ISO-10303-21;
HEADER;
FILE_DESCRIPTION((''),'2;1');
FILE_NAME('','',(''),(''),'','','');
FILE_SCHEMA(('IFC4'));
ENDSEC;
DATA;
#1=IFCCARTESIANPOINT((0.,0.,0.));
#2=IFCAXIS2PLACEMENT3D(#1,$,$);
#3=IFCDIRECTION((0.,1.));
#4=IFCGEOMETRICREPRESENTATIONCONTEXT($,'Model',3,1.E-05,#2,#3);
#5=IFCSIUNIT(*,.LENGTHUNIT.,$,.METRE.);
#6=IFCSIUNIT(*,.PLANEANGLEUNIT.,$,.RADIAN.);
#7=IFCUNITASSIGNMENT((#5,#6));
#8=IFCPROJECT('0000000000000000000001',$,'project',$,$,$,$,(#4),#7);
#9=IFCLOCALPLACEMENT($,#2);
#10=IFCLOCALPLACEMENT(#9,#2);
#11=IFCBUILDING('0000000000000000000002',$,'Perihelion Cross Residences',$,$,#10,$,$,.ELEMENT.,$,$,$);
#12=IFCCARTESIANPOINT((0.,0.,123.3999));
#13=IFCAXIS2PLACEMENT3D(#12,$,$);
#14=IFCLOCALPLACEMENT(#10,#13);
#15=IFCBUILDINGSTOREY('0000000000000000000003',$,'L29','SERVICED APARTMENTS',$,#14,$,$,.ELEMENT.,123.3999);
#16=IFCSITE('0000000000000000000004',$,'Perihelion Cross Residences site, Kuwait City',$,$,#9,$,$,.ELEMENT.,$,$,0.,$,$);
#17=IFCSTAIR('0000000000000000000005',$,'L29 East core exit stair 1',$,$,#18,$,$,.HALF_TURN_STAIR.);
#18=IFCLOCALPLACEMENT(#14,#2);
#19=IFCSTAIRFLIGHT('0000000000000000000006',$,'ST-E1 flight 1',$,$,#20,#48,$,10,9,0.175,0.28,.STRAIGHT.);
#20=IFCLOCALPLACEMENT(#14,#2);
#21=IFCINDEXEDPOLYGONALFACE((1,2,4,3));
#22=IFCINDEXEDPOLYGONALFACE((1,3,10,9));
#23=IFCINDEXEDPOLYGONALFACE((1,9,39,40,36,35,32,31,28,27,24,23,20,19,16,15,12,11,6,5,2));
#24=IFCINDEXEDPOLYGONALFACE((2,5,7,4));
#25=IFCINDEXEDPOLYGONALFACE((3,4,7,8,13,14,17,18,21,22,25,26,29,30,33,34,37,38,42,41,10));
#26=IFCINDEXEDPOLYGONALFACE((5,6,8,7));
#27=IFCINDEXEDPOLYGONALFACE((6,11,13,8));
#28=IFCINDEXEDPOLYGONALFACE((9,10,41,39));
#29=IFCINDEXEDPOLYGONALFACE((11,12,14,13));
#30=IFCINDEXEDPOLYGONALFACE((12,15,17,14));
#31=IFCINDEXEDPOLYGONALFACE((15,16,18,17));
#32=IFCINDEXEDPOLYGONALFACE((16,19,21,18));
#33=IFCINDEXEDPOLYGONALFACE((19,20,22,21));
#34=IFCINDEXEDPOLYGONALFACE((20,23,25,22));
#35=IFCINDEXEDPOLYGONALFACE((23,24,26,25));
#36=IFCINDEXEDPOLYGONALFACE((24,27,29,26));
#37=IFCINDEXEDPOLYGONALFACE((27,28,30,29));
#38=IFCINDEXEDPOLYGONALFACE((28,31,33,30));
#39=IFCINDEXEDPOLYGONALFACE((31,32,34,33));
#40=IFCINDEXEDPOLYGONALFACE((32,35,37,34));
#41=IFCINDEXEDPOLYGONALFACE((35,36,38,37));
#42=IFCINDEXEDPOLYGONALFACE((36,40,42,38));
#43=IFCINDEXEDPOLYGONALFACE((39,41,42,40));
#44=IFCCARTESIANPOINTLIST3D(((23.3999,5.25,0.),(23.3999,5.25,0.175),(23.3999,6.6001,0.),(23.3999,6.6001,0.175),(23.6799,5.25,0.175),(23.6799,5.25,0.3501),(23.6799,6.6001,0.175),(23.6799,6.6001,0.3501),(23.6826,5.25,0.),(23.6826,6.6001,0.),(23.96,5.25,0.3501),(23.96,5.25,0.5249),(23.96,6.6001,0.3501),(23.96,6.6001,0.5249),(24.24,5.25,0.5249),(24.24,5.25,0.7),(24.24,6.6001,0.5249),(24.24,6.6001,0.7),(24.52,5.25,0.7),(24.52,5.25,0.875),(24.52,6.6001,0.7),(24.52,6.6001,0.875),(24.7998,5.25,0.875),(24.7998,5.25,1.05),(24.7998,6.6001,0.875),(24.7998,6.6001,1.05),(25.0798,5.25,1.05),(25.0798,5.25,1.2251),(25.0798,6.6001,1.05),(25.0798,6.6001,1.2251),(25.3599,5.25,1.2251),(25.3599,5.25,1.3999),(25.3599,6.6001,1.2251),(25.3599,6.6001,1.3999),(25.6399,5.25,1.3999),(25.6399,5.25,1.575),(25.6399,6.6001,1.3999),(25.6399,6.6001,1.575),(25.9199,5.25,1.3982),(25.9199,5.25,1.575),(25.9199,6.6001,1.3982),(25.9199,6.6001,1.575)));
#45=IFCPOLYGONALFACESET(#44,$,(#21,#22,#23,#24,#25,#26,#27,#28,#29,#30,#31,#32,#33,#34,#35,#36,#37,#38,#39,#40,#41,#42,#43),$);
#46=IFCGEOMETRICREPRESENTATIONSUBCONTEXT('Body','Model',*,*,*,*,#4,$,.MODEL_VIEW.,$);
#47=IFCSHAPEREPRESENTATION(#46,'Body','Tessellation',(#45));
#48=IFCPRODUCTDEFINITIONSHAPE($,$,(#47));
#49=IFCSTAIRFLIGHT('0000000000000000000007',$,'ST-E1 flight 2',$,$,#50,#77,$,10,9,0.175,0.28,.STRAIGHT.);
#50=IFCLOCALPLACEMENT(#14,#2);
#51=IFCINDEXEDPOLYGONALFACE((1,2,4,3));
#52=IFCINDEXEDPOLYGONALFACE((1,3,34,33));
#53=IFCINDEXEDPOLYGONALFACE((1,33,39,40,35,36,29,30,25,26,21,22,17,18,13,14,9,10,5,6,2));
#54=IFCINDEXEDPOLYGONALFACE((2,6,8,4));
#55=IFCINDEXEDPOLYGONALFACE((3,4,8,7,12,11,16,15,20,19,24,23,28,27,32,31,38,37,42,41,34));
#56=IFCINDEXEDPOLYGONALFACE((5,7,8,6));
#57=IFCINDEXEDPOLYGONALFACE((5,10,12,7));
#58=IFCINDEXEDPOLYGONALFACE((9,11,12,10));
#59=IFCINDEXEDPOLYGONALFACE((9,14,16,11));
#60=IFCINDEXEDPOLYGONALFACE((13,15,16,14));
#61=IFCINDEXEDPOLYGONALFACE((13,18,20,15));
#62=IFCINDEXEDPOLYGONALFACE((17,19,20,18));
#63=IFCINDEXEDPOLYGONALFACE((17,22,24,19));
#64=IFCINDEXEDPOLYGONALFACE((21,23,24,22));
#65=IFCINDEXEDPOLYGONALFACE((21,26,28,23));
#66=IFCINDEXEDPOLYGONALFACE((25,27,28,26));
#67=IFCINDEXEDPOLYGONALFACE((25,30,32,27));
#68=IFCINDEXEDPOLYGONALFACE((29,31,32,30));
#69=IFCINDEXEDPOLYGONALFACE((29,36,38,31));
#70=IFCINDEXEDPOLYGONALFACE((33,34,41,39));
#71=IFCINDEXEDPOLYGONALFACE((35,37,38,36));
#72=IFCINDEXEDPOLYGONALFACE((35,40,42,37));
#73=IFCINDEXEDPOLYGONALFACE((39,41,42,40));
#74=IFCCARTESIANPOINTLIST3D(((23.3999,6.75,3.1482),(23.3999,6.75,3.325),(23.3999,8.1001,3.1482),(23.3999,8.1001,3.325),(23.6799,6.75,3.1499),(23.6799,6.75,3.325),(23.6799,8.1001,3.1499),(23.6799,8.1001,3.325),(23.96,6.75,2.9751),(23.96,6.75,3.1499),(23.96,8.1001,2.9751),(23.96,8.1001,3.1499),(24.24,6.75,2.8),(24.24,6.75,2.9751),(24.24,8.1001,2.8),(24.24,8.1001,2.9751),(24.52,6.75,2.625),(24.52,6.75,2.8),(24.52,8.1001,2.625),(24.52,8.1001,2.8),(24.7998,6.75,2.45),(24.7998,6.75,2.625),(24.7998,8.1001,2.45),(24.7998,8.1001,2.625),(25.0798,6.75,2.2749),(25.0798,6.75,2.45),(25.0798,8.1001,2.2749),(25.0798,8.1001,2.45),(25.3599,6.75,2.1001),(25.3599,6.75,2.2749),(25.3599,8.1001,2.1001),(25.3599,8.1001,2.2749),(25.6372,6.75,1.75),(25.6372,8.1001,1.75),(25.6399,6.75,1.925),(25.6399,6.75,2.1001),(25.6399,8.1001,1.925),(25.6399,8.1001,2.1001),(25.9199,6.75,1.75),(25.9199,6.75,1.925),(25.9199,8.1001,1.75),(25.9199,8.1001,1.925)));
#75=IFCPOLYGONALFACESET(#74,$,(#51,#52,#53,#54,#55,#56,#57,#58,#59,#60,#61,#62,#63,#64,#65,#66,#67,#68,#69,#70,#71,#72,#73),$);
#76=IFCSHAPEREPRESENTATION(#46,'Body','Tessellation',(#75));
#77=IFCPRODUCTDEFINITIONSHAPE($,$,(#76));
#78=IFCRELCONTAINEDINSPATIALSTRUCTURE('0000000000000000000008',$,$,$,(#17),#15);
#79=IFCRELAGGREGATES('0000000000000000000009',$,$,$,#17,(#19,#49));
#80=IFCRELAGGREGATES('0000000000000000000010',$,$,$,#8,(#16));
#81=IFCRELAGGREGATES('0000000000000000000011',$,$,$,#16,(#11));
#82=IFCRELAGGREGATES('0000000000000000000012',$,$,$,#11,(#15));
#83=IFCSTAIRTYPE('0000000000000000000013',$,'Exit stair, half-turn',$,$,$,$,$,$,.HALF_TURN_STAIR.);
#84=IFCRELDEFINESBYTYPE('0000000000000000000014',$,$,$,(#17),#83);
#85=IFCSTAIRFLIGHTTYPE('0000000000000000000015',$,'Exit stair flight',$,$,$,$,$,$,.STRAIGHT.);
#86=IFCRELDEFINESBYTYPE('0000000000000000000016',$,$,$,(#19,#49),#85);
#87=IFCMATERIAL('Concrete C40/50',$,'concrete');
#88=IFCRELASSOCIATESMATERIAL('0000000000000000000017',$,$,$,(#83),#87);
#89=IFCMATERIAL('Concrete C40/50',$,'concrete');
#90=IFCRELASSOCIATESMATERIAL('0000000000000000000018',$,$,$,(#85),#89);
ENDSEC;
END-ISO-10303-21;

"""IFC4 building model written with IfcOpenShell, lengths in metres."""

from ifc_helpers import new_model, si_unit, direction, frame, origin, place, context, subcontext, project, spatial, polyline, outline, extrude, material, type_object, element, aggregate, save


model = new_model("IFC4")

# Units and contexts
model_context = context("Model", 3, precision=1e-05, world=origin(), true_north=direction((0.0, 1.0)))
body_context = subcontext(model_context, "Body", "Model", "MODEL_VIEW")
ifc_project = project(units=[si_unit("LENGTHUNIT", "METRE"), si_unit("PLANEANGLEUNIT", "RADIAN")], contexts=[model_context])

# Site, building, storey
site_placement = place(None, origin())
site = spatial("IfcSite", under=ifc_project, at=site_placement, Name="Perihelion Cross Residences site, Kuwait City", CompositionType="ELEMENT", RefElevation=0.0)
building_placement = place(site_placement, origin())
building = spatial("IfcBuilding", under=site, at=building_placement, Name="Perihelion Cross Residences", CompositionType="ELEMENT")
storey_placement = place(building_placement, frame((0.0, 0.0, 123.3999)))
storey = spatial("IfcBuildingStorey", under=building, at=storey_placement, Name="L29", Description="SERVICED APARTMENTS", CompositionType="ELEMENT", Elevation=123.3999)

# Stair, stair flights
ifc_material_1 = material(Name="Concrete C40/50", Category="concrete")
stair_type = type_object("IfcStairType", Name="Exit stair, half-turn", PredefinedType="HALF_TURN_STAIR", material=ifc_material_1)
stair_placement = place(storey_placement, origin())
stair = element("IfcStair", 1, at=stair_placement, inside=storey, type_object=stair_type, Name="L29 East core exit stair 1", PredefinedType="HALF_TURN_STAIR")
ifc_material_2 = material(Name="Concrete C40/50", Category="concrete")
stair_flight_type = type_object("IfcStairFlightType", Name="Exit stair flight", PredefinedType="STRAIGHT", material=ifc_material_2)
stair_flight_1_placement = place(storey_placement, frame((23.3999, 5.925, 0.0), z_axis=(0.0, 0.0, 1.0), x_axis=(1.0, 0.0, 0.0)))
stair_flight_1 = element("IfcStairFlight", 2, at=stair_flight_1_placement, type_object=stair_flight_type, Name="ST-E1 flight 1", NumberOfRisers=10, NumberOfTreads=9, PredefinedType="STRAIGHT", RiserHeight=0.175, TreadLength=0.28, context=body_context, shape_type="SweptSolid", body=[
    extrude(outline(polyline([(0.0, 0.0), (0.0, 0.175), (0.28, 0.175), (0.28, 0.3501), (0.5601, 0.3501), (0.5601, 0.5249), (0.8401, 0.5249), (0.8401, 0.7), (1.1201, 0.7), (1.1201, 0.875), (1.3999, 0.875), (1.3999, 1.05), (1.6799, 1.05), (1.6799, 1.2251), (1.96, 1.2251), (1.96, 1.3999), (2.24, 1.3999), (2.24, 1.575), (2.52, 1.575), (2.52, 1.75), (2.52, 1.3982), (0.2827, 0.0), (0.0, 0.0)])), frame((0.0, 0.675, 0.0), z_axis=(0.0, -1.0, 0.0), x_axis=(1.0, 0.0, 0.0)), (0.0, 0.0, 1.0), 1.3501),
])
stair_flight_2_placement = place(storey_placement, frame((25.9199, 7.425, 1.75), z_axis=(0.0, 0.0, 1.0), x_axis=(-1.0, 0.0, 0.0)))
stair_flight_2 = element("IfcStairFlight", 3, at=stair_flight_2_placement, type_object=stair_flight_type, Name="ST-E1 flight 2", NumberOfRisers=10, NumberOfTreads=9, PredefinedType="STRAIGHT", RiserHeight=0.175, TreadLength=0.28, context=body_context, shape_type="SweptSolid", body=[
    extrude(outline(polyline([(0.0, 0.0), (0.0, 0.175), (0.28, 0.175), (0.28, 0.3501), (0.5601, 0.3501), (0.5601, 0.5249), (0.8401, 0.5249), (0.8401, 0.7), (1.1201, 0.7), (1.1201, 0.875), (1.3999, 0.875), (1.3999, 1.05), (1.6799, 1.05), (1.6799, 1.2251), (1.96, 1.2251), (1.96, 1.3999), (2.24, 1.3999), (2.24, 1.575), (2.52, 1.575), (2.52, 1.75), (2.52, 1.3982), (0.2827, 0.0), (0.0, 0.0)])), frame((0.0, 0.675, 0.0), z_axis=(0.0, -1.0, 0.0), x_axis=(1.0, 0.0, 0.0)), (0.0, 0.0, 1.0), 1.3501),
])
aggregate(stair, [stair_flight_1, stair_flight_2])

save(model, "model.ifc")
